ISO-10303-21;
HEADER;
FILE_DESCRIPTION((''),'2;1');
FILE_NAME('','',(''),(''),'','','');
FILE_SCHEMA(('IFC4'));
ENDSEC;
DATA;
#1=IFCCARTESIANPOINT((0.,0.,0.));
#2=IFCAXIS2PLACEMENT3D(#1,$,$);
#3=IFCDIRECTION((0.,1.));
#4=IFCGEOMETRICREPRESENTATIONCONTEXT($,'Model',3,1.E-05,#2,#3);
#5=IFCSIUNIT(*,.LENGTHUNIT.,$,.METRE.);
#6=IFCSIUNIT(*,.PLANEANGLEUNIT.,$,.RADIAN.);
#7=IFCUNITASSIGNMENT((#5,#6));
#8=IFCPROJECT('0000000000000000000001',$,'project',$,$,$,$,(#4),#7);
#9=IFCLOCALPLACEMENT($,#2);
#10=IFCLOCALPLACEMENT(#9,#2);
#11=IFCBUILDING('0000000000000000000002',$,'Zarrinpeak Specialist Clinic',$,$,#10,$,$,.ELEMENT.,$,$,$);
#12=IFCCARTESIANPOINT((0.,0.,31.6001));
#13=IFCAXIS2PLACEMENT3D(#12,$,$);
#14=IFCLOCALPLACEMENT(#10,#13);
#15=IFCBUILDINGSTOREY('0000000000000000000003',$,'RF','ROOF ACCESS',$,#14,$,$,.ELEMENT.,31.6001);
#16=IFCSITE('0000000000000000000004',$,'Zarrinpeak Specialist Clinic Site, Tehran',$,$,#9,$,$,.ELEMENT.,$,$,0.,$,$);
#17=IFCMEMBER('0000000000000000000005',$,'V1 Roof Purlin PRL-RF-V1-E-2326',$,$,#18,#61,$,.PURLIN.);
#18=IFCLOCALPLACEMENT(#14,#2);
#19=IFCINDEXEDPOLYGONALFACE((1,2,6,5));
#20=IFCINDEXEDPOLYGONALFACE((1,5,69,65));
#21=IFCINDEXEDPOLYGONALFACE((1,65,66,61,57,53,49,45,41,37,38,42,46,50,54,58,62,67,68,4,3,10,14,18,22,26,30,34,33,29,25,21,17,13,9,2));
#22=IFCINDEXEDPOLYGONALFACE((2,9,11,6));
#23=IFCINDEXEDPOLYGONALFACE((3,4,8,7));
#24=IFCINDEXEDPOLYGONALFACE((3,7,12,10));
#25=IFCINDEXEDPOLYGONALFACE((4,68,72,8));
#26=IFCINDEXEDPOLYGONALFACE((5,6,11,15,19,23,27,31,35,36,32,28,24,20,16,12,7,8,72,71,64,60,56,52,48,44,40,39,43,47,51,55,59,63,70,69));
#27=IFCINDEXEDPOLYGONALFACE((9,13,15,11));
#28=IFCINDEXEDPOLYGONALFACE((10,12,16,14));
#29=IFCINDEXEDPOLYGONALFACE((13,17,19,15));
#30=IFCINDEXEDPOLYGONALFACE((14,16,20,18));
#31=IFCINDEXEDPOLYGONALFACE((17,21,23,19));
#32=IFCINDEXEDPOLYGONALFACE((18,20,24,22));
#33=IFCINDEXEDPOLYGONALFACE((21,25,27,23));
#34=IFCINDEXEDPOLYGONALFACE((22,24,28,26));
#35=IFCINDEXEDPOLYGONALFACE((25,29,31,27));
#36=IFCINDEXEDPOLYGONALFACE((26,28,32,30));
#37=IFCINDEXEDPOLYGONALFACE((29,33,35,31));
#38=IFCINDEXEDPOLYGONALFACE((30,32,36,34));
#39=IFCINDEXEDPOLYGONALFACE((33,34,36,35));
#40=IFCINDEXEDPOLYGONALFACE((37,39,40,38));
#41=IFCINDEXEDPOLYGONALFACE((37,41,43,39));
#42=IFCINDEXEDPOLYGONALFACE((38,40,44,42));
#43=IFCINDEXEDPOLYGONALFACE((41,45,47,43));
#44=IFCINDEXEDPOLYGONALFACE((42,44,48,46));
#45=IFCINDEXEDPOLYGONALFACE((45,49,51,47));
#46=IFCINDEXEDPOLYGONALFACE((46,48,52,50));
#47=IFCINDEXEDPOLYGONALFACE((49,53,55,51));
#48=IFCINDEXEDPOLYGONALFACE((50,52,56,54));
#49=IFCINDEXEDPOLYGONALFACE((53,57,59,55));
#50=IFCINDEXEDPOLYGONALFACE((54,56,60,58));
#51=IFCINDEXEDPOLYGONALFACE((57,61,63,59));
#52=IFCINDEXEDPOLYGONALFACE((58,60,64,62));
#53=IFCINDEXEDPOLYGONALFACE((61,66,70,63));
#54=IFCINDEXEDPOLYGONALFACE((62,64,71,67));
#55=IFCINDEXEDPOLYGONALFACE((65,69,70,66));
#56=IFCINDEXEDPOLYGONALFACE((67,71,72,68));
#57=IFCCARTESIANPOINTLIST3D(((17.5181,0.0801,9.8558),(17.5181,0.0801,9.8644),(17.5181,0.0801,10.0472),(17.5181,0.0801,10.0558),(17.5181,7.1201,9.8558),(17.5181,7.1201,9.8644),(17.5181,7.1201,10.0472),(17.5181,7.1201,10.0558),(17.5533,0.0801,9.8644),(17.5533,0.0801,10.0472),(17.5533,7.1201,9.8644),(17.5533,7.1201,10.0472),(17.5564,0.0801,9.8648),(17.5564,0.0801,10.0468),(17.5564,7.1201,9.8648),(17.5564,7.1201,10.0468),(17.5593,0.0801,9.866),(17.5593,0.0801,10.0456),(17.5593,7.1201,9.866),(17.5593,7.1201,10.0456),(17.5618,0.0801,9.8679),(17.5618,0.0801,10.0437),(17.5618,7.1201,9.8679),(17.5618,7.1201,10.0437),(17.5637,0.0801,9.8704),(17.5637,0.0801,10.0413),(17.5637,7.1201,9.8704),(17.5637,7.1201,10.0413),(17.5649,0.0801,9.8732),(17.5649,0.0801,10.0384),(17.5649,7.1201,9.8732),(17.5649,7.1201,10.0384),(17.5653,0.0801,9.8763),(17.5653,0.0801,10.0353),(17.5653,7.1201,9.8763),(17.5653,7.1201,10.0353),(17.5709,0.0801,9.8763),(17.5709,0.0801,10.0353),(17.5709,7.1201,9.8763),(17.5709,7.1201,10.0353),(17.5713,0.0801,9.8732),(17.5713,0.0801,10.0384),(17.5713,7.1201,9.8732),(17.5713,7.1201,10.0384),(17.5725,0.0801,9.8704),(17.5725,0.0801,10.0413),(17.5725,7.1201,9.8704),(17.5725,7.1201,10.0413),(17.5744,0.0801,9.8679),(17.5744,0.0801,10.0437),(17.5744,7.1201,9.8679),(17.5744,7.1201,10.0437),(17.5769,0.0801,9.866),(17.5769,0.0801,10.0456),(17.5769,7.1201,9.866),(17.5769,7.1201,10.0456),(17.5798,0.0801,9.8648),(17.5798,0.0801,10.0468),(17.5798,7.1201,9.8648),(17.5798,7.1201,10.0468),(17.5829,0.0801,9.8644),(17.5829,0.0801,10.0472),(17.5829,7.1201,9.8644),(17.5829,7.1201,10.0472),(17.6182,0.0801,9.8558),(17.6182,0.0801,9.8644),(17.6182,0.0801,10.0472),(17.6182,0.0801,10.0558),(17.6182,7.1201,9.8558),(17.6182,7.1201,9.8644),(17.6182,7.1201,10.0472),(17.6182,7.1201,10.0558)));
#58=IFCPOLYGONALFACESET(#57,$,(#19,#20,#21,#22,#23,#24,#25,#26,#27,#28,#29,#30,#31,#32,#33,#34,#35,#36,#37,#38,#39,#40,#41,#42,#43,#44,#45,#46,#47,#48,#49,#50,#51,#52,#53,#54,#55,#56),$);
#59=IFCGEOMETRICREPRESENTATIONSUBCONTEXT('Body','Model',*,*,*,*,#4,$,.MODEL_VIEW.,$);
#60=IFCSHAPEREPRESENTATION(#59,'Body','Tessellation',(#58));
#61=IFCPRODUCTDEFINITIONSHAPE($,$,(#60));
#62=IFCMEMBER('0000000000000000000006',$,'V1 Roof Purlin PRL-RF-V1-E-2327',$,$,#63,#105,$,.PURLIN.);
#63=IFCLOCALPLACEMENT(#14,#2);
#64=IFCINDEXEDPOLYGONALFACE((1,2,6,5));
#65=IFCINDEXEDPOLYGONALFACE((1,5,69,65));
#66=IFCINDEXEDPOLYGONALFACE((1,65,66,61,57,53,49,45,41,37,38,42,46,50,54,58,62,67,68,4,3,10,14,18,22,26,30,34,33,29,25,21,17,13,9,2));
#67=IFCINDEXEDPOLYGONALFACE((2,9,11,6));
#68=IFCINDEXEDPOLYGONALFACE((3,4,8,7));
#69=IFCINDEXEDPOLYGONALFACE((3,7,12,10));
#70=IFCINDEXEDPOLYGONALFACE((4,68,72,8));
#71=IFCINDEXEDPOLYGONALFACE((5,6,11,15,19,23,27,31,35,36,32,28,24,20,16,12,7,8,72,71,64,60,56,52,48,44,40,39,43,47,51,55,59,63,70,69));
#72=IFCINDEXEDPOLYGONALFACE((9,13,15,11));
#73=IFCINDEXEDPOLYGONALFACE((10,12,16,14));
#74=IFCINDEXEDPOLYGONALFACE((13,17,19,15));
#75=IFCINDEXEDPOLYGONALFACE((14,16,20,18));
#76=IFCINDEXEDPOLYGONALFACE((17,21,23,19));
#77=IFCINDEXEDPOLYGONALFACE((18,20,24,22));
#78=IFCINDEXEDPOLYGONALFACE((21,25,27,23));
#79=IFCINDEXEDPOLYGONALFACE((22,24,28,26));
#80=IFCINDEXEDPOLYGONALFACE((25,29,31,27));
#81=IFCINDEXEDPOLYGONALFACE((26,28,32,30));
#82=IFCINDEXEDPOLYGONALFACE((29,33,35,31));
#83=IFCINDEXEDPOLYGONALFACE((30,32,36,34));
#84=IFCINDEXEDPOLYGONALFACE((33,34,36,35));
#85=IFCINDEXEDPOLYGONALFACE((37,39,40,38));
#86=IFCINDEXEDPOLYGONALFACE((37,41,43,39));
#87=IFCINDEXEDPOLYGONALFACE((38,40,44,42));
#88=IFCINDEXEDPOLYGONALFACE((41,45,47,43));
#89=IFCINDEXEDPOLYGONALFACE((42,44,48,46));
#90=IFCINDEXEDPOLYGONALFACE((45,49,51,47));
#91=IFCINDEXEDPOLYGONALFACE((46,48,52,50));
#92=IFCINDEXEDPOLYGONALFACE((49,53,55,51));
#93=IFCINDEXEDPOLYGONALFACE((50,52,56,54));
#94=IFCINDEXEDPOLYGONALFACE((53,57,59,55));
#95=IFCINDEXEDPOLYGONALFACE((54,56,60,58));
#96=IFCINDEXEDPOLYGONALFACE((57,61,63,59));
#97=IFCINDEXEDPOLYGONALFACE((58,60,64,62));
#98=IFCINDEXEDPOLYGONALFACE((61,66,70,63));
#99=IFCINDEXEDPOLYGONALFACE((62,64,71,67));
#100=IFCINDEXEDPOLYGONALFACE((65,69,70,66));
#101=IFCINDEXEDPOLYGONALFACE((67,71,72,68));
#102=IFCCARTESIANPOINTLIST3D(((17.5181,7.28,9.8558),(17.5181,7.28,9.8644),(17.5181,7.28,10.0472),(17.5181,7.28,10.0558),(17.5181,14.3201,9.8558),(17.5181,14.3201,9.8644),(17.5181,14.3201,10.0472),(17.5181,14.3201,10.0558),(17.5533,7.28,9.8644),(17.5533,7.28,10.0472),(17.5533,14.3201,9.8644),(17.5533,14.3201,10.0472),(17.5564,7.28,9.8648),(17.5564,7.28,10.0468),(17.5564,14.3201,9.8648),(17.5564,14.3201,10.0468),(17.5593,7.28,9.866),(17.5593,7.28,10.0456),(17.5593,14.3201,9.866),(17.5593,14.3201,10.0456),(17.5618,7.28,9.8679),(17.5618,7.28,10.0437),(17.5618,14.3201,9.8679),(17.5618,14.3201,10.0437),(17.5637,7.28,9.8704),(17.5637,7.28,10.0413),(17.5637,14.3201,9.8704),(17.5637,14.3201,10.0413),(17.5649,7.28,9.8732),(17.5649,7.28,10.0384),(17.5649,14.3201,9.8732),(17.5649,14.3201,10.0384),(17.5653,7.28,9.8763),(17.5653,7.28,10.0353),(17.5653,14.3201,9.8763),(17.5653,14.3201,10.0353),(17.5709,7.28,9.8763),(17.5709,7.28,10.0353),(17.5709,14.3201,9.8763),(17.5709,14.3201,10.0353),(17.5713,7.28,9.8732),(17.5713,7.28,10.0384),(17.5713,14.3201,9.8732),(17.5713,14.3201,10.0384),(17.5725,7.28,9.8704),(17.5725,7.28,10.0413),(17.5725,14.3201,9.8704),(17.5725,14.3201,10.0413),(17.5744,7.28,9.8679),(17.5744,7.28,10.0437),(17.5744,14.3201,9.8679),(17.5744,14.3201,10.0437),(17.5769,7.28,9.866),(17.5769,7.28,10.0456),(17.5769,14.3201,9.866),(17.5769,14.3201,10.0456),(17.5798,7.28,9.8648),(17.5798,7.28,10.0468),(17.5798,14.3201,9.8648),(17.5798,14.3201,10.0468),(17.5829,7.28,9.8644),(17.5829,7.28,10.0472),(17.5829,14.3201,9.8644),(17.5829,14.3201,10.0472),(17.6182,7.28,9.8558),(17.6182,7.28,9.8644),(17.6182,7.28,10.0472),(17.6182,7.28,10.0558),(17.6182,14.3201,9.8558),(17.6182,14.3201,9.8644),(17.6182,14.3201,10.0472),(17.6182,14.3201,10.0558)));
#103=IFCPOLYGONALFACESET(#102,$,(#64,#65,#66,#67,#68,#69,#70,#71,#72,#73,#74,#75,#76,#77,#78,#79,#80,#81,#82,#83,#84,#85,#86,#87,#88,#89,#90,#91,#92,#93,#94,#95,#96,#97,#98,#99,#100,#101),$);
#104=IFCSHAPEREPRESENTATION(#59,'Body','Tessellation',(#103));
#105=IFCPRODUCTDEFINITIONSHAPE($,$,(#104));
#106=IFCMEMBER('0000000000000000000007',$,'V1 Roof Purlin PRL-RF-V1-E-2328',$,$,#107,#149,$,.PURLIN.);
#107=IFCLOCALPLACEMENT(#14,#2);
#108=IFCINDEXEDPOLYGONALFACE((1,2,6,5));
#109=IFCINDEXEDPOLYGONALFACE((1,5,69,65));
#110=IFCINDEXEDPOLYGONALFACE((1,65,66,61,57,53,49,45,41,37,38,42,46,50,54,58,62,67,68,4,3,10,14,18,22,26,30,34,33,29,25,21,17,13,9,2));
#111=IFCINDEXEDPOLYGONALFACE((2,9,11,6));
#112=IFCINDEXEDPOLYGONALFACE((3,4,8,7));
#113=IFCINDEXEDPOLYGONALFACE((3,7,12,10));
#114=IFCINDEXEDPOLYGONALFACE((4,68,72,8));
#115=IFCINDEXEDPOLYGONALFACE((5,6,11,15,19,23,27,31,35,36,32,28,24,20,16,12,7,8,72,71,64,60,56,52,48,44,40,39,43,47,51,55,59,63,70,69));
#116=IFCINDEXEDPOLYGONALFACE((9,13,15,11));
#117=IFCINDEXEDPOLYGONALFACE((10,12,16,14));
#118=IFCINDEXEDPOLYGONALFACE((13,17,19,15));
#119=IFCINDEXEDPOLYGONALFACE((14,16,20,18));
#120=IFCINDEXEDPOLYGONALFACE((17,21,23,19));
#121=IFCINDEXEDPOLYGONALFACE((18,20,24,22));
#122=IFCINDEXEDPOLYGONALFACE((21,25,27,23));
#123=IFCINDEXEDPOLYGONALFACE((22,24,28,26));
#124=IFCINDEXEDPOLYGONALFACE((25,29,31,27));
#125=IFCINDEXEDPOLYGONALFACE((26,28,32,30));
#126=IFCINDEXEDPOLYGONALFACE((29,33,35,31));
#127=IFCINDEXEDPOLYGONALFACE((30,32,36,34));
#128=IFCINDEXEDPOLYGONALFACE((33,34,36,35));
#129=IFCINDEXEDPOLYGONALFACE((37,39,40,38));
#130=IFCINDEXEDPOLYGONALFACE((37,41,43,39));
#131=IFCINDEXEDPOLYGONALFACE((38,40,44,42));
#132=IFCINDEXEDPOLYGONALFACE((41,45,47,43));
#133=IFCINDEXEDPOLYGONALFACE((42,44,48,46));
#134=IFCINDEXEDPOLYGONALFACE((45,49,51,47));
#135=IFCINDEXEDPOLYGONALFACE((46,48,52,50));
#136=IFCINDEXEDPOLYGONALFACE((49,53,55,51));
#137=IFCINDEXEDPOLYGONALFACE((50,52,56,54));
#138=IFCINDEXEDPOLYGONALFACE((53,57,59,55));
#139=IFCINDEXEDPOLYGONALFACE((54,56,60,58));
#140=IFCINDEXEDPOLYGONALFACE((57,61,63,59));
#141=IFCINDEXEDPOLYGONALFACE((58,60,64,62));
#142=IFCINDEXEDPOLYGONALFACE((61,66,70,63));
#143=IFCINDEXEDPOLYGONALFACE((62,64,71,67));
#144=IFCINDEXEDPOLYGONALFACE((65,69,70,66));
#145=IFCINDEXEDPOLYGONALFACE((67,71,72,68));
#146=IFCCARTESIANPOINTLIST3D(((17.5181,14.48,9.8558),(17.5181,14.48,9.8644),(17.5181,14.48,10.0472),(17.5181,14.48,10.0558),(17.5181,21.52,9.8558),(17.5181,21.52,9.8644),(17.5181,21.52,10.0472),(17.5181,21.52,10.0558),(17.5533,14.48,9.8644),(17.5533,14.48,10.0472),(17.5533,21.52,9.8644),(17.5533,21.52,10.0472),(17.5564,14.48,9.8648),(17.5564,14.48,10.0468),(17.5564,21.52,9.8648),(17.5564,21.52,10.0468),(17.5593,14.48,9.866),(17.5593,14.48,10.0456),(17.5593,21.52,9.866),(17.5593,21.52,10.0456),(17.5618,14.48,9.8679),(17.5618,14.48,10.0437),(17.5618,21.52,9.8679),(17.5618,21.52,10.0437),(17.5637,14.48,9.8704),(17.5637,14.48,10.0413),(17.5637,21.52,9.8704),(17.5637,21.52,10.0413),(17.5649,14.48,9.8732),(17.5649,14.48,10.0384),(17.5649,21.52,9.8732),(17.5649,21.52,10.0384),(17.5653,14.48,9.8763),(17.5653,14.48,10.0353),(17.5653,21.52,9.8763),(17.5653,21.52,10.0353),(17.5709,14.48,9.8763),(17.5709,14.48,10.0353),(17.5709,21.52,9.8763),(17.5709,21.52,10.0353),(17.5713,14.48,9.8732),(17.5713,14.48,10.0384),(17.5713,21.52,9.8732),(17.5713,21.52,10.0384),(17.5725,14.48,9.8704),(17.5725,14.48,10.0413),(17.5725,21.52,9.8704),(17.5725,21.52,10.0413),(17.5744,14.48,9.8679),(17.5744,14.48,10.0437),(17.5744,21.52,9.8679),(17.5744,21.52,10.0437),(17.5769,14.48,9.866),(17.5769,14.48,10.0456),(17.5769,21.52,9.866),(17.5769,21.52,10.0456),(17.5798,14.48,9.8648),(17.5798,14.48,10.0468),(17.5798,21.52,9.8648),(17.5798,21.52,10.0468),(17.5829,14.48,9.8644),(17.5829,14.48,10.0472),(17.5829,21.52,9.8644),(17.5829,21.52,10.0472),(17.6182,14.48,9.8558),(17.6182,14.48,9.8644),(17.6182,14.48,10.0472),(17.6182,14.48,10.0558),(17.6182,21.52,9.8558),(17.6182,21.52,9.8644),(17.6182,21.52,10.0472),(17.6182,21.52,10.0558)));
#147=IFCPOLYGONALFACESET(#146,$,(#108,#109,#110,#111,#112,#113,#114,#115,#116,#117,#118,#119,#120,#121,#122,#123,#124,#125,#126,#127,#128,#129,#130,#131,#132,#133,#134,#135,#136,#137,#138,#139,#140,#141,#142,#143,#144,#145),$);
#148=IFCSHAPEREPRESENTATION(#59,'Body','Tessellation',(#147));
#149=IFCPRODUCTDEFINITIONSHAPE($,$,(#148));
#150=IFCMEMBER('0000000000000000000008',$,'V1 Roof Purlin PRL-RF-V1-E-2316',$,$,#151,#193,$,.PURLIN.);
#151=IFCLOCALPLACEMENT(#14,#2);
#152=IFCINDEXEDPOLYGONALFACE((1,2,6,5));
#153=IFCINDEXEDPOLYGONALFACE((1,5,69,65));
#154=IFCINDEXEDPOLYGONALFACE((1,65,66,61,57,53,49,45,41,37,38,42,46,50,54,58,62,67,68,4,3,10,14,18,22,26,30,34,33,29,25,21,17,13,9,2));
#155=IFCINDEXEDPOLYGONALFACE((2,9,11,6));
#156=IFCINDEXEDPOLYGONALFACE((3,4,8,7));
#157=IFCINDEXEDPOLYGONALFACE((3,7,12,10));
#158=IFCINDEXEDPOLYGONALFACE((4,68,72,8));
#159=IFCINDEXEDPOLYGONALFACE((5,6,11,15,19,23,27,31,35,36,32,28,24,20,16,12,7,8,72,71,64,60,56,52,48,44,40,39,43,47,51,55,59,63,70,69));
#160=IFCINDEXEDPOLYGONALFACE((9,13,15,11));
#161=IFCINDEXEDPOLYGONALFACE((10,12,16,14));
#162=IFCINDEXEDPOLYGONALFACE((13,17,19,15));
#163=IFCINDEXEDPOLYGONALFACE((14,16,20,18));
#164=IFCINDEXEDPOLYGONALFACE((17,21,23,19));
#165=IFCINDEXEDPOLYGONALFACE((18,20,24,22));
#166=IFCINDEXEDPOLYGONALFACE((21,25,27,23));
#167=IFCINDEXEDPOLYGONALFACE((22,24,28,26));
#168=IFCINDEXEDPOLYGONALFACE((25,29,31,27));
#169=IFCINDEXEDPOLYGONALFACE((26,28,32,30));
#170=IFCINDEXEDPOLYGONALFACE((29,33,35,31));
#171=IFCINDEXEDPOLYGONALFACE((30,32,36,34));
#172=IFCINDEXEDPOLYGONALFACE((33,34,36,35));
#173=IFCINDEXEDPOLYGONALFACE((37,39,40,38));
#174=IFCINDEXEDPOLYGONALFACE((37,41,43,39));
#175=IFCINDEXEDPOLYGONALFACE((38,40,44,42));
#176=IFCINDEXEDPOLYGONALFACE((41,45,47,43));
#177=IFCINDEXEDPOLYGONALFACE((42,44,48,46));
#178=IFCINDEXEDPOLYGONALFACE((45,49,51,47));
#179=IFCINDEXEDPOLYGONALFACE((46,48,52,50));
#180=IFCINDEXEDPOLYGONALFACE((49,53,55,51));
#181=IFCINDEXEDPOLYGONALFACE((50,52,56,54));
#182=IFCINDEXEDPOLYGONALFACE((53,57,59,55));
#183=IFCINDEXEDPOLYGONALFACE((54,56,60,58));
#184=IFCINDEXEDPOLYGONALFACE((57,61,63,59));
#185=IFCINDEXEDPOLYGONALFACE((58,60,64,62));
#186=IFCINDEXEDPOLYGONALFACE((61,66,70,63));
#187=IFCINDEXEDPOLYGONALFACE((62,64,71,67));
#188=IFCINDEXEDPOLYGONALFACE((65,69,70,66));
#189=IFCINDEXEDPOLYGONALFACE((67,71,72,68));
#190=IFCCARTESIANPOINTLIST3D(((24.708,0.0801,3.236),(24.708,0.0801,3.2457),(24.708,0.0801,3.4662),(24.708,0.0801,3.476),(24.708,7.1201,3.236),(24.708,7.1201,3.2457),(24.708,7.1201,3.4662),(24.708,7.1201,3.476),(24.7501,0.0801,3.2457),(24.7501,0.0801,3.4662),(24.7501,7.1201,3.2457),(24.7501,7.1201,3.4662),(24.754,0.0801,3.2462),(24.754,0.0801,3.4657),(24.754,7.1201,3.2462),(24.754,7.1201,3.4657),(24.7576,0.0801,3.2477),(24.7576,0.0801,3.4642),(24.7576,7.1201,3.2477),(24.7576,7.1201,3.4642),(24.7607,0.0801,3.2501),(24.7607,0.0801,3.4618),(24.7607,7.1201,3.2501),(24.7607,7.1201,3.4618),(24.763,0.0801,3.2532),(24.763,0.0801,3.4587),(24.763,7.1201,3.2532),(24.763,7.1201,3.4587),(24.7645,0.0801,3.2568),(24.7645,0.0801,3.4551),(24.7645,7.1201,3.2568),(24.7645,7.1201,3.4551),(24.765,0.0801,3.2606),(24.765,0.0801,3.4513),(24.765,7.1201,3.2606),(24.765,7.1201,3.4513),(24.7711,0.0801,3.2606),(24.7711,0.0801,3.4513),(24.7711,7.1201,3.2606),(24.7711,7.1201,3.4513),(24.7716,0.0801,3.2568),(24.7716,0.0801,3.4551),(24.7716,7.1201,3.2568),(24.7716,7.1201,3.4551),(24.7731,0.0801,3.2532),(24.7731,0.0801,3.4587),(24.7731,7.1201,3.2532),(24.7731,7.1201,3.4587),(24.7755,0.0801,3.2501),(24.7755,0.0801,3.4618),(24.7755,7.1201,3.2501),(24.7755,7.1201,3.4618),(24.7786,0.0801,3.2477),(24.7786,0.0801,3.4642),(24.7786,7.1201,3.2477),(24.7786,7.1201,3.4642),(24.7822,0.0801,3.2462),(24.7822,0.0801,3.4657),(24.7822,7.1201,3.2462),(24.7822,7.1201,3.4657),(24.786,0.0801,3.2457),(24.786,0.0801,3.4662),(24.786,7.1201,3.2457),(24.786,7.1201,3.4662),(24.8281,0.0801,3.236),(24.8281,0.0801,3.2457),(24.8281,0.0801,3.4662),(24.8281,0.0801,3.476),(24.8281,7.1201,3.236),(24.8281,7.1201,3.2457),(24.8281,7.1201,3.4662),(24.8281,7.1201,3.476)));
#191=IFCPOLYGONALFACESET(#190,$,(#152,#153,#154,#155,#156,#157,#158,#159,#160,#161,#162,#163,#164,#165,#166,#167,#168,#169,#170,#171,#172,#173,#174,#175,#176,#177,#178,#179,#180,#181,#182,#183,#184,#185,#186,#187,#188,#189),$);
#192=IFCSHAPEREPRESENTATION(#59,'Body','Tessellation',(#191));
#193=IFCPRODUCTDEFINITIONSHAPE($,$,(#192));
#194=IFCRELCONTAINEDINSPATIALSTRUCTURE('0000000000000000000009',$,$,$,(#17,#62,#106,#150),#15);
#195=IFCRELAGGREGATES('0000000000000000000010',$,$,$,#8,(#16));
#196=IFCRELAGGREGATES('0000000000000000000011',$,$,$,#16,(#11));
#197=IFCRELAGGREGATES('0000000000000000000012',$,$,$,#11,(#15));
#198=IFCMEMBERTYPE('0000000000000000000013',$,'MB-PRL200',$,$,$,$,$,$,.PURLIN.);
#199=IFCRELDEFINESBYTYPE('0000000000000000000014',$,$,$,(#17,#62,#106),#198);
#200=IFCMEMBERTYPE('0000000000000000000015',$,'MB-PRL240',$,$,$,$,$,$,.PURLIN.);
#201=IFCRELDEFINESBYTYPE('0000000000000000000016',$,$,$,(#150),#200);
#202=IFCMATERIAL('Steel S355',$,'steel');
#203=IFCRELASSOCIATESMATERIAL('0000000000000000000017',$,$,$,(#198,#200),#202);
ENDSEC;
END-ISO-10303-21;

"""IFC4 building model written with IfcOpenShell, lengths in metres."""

from ifc_helpers import new_model, si_unit, direction, frame, origin, origin_2d, place, context, subcontext, project, spatial, i_section, extrude, material, material_profile, profile_set, type_object, element, save


model = new_model("IFC4")

# Units and contexts
model_context = context("Model", 3, precision=1e-05, world=origin(), true_north=direction((0.0, 1.0)))
body_context = subcontext(model_context, "Body", "Model", "MODEL_VIEW")
ifc_project = project(units=[si_unit("LENGTHUNIT", "METRE"), si_unit("PLANEANGLEUNIT", "RADIAN")], contexts=[model_context])

# Site, building, storey
site_placement = place(None, origin())
site = spatial("IfcSite", under=ifc_project, at=site_placement, Name="Zarrinpeak Specialist Clinic Site, Tehran", CompositionType="ELEMENT", RefElevation=0.0)
building_placement = place(site_placement, origin())
building = spatial("IfcBuilding", under=site, at=building_placement, Name="Zarrinpeak Specialist Clinic", CompositionType="ELEMENT")
storey_placement = place(building_placement, frame((0.0, 0.0, 31.6001)))
storey = spatial("IfcBuildingStorey", under=building, at=storey_placement, Name="RF", Description="ROOF ACCESS", CompositionType="ELEMENT", Elevation=31.6001)

# Shared definitions
ifc_material = material(Name="Steel S355", Category="steel")

# Members
ifc_material_profile_1 = material_profile(ifc_material, i_section(OverallWidth=0.1001, OverallDepth=0.2, WebThickness=0.0056, FlangeThickness=0.0085, FilletRadius=0.012, at=origin_2d()), Name="IPE 200")
ifc_profile_set_1 = profile_set([ifc_material_profile_1], Name="Steel S355")
member_type_1 = type_object("IfcMemberType", Name="MB-PRL200", PredefinedType="PURLIN", material=ifc_profile_set_1)
for number, where, z_axis, x_axis, name in (
    (1, (17.5681, 0.0801, 9.9558), (0.0, 1.0, 0.0), (-1.0, 0.0, 0.0), "V1 Roof Purlin PRL-RF-V1-E-2326"),
    (2, (17.5681, 7.28, 9.9558), (0.0, 1.0, 0.0), (-1.0, 0.0, 0.0), "V1 Roof Purlin PRL-RF-V1-E-2327"),
    (3, (17.5681, 14.48, 9.9558), (0.0, 1.0, 0.0), (-1.0, 0.0, 0.0), "V1 Roof Purlin PRL-RF-V1-E-2328"),
):
    element("IfcMember", number, at=place(storey_placement, frame(where, z_axis=z_axis, x_axis=x_axis)), inside=storey, type_object=member_type_1, Name=name, PredefinedType="PURLIN", context=body_context, shape_type="SweptSolid", body=[
        extrude(i_section(OverallWidth=0.1001, OverallDepth=0.2, WebThickness=0.0056, FlangeThickness=0.0085, FilletRadius=0.012, at=origin_2d()), origin(), (0.0, 0.0, 1.0), 7.04),
    ])
ifc_material_profile_2 = material_profile(ifc_material, i_section(OverallWidth=0.1201, OverallDepth=0.24, WebThickness=0.0061, FlangeThickness=0.0098, FilletRadius=0.0149, at=origin_2d()), Name="IPE 240")
ifc_profile_set_2 = profile_set([ifc_material_profile_2], Name="Steel S355")
member_type_2 = type_object("IfcMemberType", Name="MB-PRL240", PredefinedType="PURLIN", material=ifc_profile_set_2)
for number, where, z_axis, x_axis, name in (
    (4, (24.7681, 0.0801, 3.356), (0.0, 1.0, 0.0), (-1.0, 0.0, 0.0), "V1 Roof Purlin PRL-RF-V1-E-2316"),
):
    element("IfcMember", number, at=place(storey_placement, frame(where, z_axis=z_axis, x_axis=x_axis)), inside=storey, type_object=member_type_2, Name=name, PredefinedType="PURLIN", context=body_context, shape_type="SweptSolid", body=[
        extrude(i_section(OverallWidth=0.1201, OverallDepth=0.24, WebThickness=0.0061, FlangeThickness=0.0098, FilletRadius=0.0149, at=origin_2d()), origin(), (0.0, 0.0, 1.0), 7.04),
    ])

save(model, "model.ifc")
